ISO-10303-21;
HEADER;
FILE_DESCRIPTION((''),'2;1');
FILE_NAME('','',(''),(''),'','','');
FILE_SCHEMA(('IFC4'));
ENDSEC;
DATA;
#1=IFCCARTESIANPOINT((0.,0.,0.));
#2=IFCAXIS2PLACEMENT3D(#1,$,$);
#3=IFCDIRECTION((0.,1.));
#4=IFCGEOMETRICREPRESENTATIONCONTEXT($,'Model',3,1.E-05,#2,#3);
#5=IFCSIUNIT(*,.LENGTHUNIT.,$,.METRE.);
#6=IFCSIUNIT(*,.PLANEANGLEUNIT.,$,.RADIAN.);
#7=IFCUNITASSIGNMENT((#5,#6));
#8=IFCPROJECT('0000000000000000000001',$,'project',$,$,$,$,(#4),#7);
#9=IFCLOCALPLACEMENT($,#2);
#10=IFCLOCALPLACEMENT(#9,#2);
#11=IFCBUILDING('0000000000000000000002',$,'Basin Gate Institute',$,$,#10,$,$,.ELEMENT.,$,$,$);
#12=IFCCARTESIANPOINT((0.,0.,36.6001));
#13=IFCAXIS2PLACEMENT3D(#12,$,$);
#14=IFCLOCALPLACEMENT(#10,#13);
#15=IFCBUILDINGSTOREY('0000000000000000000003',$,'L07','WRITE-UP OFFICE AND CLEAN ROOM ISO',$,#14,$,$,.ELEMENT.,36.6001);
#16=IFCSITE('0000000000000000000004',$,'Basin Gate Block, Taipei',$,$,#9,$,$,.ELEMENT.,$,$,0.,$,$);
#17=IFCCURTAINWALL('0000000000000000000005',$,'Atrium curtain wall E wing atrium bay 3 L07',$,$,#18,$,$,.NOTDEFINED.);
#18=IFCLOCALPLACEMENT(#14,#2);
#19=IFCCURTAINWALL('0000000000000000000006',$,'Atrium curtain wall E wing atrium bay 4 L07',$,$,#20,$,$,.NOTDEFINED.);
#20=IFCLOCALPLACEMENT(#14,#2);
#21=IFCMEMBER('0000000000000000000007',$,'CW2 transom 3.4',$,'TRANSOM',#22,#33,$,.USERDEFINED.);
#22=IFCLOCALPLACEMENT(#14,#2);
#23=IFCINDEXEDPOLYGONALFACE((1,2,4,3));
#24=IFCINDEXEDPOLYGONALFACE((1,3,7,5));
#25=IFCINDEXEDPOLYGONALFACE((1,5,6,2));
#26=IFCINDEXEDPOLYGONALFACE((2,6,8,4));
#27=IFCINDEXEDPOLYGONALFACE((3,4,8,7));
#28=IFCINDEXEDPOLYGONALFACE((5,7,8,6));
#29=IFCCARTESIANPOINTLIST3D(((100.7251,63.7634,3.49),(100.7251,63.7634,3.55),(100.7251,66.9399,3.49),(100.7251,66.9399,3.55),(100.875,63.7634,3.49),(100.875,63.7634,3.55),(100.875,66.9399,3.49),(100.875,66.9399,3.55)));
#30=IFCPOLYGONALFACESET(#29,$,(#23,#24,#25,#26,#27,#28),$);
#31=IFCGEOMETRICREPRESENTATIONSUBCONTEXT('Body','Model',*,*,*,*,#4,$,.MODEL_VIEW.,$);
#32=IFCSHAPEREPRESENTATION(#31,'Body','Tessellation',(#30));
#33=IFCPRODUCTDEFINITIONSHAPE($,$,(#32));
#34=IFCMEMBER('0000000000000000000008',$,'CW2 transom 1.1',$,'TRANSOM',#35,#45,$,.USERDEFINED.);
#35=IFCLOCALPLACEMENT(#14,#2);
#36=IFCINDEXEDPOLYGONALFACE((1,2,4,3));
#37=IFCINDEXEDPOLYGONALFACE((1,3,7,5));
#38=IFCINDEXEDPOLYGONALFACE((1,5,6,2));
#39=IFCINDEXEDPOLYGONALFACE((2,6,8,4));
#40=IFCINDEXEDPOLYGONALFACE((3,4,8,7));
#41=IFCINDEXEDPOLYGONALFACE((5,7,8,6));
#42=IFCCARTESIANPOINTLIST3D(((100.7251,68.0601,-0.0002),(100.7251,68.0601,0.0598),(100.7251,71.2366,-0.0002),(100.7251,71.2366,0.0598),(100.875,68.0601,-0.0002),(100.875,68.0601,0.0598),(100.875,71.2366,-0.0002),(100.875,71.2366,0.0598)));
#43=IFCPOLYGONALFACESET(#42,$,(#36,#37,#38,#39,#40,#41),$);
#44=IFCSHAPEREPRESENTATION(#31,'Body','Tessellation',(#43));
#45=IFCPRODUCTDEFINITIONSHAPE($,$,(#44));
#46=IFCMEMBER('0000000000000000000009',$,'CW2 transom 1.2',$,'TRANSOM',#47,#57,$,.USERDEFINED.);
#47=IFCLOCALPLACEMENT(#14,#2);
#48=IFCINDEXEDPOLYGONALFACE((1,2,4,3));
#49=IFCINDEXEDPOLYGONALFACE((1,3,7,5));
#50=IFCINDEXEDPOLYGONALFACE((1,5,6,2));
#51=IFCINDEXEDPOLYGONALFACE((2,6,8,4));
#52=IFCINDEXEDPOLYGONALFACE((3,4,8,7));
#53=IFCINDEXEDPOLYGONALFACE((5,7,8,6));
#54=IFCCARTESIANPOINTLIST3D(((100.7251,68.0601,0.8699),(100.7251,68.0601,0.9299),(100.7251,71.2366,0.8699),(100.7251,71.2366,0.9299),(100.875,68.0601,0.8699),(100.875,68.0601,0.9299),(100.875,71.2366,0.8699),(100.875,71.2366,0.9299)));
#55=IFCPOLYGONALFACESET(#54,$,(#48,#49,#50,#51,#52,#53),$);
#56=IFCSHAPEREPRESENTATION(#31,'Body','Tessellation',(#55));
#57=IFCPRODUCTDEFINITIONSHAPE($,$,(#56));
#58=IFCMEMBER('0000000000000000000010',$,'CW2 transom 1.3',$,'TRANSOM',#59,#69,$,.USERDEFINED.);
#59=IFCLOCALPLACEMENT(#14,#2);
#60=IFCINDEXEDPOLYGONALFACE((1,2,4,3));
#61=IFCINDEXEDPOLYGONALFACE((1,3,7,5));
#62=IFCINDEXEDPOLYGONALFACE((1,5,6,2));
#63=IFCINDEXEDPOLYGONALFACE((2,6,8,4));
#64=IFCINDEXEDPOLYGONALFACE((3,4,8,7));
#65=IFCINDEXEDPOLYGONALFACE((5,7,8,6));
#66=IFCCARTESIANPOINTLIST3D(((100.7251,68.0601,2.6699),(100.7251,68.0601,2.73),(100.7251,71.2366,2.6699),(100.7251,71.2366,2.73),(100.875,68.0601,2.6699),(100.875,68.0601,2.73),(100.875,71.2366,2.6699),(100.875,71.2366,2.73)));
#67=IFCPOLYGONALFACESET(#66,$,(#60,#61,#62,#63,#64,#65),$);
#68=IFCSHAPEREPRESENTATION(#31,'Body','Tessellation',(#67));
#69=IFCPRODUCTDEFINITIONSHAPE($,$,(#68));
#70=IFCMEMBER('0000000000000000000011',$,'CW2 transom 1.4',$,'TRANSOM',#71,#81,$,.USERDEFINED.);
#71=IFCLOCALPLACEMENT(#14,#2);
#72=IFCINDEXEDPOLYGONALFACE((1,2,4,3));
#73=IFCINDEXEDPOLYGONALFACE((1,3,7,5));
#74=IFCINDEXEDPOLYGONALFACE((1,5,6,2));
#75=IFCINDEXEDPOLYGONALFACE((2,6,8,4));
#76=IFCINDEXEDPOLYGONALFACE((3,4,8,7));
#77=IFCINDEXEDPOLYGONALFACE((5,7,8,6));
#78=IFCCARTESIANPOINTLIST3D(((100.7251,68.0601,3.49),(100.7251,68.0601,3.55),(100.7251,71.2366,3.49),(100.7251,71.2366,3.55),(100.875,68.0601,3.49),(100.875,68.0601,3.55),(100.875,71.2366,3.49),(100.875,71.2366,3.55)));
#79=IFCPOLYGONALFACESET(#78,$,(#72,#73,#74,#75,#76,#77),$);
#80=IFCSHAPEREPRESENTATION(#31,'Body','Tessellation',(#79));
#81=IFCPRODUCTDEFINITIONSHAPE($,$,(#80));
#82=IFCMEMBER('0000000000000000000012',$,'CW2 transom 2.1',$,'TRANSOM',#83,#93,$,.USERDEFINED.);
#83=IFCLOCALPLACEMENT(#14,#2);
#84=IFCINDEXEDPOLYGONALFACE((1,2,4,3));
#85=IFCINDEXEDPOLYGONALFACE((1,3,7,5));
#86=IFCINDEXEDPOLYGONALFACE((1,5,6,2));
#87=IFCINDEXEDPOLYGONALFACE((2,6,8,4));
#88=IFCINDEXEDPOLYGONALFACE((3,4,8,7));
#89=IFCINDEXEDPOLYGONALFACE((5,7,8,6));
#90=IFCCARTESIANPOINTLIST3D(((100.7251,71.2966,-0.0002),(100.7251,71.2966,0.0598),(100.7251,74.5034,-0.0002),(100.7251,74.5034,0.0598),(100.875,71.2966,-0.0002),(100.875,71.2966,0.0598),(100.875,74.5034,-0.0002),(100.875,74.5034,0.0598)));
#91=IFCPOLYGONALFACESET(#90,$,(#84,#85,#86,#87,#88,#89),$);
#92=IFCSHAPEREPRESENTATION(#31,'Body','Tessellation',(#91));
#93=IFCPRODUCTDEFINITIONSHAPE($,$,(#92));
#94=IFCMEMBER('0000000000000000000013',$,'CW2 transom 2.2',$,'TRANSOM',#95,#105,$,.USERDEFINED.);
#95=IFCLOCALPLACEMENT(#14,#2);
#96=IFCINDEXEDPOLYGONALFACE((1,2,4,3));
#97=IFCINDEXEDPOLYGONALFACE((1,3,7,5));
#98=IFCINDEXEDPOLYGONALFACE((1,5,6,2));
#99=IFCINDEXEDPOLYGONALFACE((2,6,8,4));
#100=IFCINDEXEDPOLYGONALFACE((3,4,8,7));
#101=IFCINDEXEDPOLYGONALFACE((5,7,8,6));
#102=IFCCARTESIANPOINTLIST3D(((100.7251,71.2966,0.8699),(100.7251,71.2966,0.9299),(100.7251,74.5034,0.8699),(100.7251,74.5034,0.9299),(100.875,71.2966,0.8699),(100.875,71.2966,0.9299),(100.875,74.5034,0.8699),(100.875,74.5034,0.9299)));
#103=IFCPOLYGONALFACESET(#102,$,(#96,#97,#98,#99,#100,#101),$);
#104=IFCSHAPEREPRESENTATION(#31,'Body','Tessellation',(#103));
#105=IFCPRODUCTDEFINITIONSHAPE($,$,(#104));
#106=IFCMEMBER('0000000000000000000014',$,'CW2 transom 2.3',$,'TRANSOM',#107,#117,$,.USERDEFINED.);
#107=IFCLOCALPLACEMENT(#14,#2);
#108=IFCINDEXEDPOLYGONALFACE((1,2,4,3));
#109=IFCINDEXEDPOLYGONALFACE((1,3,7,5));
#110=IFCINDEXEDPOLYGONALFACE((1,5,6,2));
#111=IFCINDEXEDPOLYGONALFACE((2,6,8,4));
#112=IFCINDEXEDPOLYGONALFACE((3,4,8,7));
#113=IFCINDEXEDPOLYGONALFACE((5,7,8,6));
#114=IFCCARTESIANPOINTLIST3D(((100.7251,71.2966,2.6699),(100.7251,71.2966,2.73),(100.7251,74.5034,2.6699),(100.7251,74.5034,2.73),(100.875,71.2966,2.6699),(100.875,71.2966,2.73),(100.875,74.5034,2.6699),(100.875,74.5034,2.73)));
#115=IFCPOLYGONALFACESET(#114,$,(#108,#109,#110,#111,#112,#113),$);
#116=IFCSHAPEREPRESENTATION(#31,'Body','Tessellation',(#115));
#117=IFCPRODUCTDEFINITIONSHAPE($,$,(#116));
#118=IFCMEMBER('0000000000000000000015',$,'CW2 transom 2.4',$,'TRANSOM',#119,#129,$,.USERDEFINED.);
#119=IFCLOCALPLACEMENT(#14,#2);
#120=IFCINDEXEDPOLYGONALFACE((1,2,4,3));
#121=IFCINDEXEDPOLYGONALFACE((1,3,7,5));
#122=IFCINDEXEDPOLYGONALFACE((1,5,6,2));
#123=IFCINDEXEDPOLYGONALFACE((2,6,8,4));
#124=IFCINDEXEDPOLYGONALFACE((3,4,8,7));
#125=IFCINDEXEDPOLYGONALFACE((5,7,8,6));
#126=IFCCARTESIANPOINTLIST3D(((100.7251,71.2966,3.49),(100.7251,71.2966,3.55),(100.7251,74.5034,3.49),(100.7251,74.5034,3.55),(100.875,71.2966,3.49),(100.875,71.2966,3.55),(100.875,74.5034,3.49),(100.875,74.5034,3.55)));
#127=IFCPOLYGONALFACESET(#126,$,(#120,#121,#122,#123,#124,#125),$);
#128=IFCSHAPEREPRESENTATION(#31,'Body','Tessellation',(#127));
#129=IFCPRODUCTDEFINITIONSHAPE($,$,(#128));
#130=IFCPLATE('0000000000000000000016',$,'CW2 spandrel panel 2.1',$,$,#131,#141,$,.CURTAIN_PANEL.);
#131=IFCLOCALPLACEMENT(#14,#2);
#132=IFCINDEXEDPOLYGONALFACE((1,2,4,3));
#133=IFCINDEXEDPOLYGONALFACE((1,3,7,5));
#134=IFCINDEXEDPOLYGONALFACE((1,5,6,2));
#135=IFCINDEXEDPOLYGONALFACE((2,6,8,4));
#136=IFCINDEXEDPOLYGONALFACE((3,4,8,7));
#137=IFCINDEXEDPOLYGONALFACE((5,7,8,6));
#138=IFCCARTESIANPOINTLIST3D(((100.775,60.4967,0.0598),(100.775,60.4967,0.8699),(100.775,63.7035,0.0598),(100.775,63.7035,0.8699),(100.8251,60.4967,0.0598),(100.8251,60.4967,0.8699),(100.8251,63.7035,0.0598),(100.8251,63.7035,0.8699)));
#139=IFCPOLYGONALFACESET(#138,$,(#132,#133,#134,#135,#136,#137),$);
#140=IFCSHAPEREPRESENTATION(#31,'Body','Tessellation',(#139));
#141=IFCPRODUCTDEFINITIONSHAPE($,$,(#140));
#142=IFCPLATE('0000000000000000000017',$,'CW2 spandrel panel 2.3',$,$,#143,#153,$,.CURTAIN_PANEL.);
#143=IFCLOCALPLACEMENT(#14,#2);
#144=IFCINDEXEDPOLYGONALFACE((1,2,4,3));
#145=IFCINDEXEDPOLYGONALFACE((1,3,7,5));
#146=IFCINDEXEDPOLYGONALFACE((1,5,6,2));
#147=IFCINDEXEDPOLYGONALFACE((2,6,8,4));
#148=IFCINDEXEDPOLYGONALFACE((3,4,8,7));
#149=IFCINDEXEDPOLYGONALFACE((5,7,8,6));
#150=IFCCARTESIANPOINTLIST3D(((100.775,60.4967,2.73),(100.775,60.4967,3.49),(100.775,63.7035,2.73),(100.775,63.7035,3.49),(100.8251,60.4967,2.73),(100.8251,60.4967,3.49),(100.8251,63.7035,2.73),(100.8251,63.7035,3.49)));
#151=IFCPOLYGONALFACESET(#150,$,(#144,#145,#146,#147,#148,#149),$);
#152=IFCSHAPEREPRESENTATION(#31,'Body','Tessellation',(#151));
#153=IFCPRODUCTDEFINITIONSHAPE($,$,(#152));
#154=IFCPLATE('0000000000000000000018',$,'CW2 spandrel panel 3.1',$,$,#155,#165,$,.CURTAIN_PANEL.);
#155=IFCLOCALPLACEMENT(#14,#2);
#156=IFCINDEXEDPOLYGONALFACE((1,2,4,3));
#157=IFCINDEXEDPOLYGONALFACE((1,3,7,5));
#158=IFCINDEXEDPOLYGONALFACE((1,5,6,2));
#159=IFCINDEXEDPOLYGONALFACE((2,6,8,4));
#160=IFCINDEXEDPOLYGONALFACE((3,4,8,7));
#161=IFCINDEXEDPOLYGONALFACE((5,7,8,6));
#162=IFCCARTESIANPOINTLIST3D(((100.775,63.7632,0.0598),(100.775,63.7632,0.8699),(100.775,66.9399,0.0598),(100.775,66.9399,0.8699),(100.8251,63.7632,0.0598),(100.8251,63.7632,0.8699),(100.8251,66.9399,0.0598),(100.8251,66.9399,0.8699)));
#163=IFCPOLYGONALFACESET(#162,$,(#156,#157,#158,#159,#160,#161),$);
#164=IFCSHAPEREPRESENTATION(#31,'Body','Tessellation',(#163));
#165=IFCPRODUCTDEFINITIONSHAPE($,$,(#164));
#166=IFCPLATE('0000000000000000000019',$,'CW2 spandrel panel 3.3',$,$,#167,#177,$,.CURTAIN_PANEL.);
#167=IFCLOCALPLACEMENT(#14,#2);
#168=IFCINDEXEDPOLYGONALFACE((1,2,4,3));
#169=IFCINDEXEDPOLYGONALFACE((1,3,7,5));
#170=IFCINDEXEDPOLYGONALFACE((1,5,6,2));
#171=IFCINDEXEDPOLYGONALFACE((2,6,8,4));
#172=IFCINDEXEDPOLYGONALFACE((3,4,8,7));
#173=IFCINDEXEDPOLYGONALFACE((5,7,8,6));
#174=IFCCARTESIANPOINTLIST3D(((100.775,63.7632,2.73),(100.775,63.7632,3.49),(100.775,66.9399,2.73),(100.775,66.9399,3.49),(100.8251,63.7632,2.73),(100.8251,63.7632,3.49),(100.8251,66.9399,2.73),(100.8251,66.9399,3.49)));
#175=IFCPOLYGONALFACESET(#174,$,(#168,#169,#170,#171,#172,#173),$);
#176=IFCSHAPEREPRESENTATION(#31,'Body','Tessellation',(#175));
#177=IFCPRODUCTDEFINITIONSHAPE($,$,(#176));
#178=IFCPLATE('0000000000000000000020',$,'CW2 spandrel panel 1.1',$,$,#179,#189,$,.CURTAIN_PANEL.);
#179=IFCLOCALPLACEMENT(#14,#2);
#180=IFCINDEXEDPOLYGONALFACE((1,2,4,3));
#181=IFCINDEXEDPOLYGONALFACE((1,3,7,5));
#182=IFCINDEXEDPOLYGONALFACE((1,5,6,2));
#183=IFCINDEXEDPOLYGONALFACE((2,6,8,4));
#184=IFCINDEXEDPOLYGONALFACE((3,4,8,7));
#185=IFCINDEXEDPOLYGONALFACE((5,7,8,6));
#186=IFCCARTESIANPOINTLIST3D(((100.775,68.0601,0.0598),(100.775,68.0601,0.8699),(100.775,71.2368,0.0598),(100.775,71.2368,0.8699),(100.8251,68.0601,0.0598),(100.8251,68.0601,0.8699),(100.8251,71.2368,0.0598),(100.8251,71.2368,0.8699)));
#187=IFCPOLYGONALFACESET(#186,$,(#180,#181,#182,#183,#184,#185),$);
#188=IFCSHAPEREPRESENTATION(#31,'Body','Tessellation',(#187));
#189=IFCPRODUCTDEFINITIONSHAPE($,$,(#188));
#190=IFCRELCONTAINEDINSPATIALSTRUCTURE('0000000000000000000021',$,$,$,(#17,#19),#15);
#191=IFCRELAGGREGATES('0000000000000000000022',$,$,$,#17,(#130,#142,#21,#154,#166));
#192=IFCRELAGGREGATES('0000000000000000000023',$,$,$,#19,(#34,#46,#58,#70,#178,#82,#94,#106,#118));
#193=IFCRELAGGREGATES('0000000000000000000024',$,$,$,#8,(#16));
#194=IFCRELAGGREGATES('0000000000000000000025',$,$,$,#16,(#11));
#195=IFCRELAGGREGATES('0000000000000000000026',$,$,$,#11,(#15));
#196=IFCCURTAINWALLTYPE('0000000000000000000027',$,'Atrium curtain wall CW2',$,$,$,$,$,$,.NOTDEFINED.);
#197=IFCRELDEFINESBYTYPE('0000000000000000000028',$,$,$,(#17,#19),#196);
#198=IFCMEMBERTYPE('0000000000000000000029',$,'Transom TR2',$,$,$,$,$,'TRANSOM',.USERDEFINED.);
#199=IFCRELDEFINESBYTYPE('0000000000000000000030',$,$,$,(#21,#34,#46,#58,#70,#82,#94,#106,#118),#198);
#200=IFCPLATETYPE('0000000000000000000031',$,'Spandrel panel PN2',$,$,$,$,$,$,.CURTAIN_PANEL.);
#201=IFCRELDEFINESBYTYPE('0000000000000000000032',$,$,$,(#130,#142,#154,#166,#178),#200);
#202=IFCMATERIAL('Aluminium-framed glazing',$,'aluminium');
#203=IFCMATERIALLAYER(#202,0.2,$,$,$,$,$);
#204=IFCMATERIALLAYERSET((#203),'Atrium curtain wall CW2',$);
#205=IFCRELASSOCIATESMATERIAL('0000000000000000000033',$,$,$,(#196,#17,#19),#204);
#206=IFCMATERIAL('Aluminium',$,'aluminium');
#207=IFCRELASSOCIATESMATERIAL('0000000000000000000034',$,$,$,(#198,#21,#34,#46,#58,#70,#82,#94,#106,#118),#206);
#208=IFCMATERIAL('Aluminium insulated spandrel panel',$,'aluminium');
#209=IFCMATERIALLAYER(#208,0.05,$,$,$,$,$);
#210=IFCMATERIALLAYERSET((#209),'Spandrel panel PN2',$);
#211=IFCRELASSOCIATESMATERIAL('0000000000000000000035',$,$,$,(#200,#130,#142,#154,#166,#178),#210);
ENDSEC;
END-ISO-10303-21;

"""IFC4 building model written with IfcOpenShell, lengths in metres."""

from ifc_helpers import new_model, si_unit, direction, frame, origin, origin_2d, place, context, subcontext, project, spatial, rectangle, extrude, material, layer, layer_set, material_profile, profile_set, type_object, element, aggregate, save


model = new_model("IFC4")

# Units and contexts
model_context = context("Model", 3, precision=1e-05, world=origin(), true_north=direction((0.0, 1.0)))
body_context = subcontext(model_context, "Body", "Model", "MODEL_VIEW")
ifc_project = project(units=[si_unit("LENGTHUNIT", "METRE"), si_unit("PLANEANGLEUNIT", "RADIAN")], contexts=[model_context])

# Site, building, storey
site_placement = place(None, origin())
site = spatial("IfcSite", under=ifc_project, at=site_placement, Name="Basin Gate Block, Taipei", CompositionType="ELEMENT", RefElevation=0.0)
building_placement = place(site_placement, origin())
building = spatial("IfcBuilding", under=site, at=building_placement, Name="Basin Gate Institute", CompositionType="ELEMENT")
storey_placement = place(building_placement, frame((0.0, 0.0, 36.6001)))
storey = spatial("IfcBuildingStorey", under=building, at=storey_placement, Name="L07", Description="WRITE-UP OFFICE AND CLEAN ROOM ISO", CompositionType="ELEMENT", Elevation=36.6001)

# Curtain walls
ifc_material_1 = material(Name="Aluminium-framed glazing", Category="aluminium")
ifc_layer_1 = layer(ifc_material_1, 0.2)
ifc_layer_set_1 = layer_set([ifc_layer_1], Name="Atrium curtain wall CW2")
curtain_wall_type = type_object("IfcCurtainWallType", Name="Atrium curtain wall CW2", PredefinedType="NOTDEFINED", material=ifc_layer_set_1)
curtain_wall_1_placement = place(storey_placement, origin())
curtain_wall_1 = element("IfcCurtainWall", 1, at=curtain_wall_1_placement, inside=storey, type_object=curtain_wall_type, material=ifc_layer_set_1, Name="Atrium curtain wall E wing atrium bay 3 L07", PredefinedType="NOTDEFINED")
curtain_wall_2_placement = place(storey_placement, origin())
curtain_wall_2 = element("IfcCurtainWall", 2, at=curtain_wall_2_placement, inside=storey, type_object=curtain_wall_type, material=ifc_layer_set_1, Name="Atrium curtain wall E wing atrium bay 4 L07", PredefinedType="NOTDEFINED")

# Members
ifc_material_2 = material(Name="Aluminium", Category="aluminium")
ifc_material_profile_1 = material_profile(ifc_material_2, rectangle(XDim=0.1499, YDim=0.0601, at=origin_2d()), Name="Transom TR2 150 x 60")
ifc_profile_set_1 = profile_set([ifc_material_profile_1], Name="Aluminium")
member_type_1 = type_object("IfcMemberType", Name="Transom TR2", ElementType="TRANSOM", PredefinedType="USERDEFINED", material=ifc_profile_set_1)
member_1_placement = place(storey_placement, frame((100.8, 63.7634, 3.52), z_axis=(0.0, 1.0, 0.0), x_axis=(-1.0, 0.0, 0.0)))
member_1 = element("IfcMember", 3, at=member_1_placement, type_object=member_type_1, material=ifc_profile_set_1, Name="CW2 transom 3.4", ObjectType="TRANSOM", PredefinedType="USERDEFINED", context=body_context, shape_type="SweptSolid", body=[
    extrude(rectangle(XDim=0.1499, YDim=0.0601, at=origin_2d()), origin(), (0.0, 0.0, 1.0), 3.1765),
])
member_2_placement = place(storey_placement, frame((100.8, 68.0601, 0.0298), z_axis=(0.0, 1.0, 0.0), x_axis=(-1.0, 0.0, 0.0)))
member_2 = element("IfcMember", 4, at=member_2_placement, type_object=member_type_1, material=ifc_profile_set_1, Name="CW2 transom 1.1", ObjectType="TRANSOM", PredefinedType="USERDEFINED", context=body_context, shape_type="SweptSolid", body=[
    extrude(rectangle(XDim=0.1499, YDim=0.0601, at=origin_2d()), origin(), (0.0, 0.0, 1.0), 3.1765),
])
member_3_placement = place(storey_placement, frame((100.8, 68.0601, 0.8999), z_axis=(0.0, 1.0, 0.0), x_axis=(-1.0, 0.0, 0.0)))
member_3 = element("IfcMember", 5, at=member_3_placement, type_object=member_type_1, material=ifc_profile_set_1, Name="CW2 transom 1.2", ObjectType="TRANSOM", PredefinedType="USERDEFINED", context=body_context, shape_type="SweptSolid", body=[
    extrude(rectangle(XDim=0.1499, YDim=0.0601, at=origin_2d()), origin(), (0.0, 0.0, 1.0), 3.1765),
])
member_4_placement = place(storey_placement, frame((100.8, 68.0601, 2.7), z_axis=(0.0, 1.0, 0.0), x_axis=(-1.0, 0.0, 0.0)))
member_4 = element("IfcMember", 6, at=member_4_placement, type_object=member_type_1, material=ifc_profile_set_1, Name="CW2 transom 1.3", ObjectType="TRANSOM", PredefinedType="USERDEFINED", context=body_context, shape_type="SweptSolid", body=[
    extrude(rectangle(XDim=0.1499, YDim=0.0601, at=origin_2d()), origin(), (0.0, 0.0, 1.0), 3.1765),
])
member_5_placement = place(storey_placement, frame((100.8, 68.0601, 3.52), z_axis=(0.0, 1.0, 0.0), x_axis=(-1.0, 0.0, 0.0)))
member_5 = element("IfcMember", 7, at=member_5_placement, type_object=member_type_1, material=ifc_profile_set_1, Name="CW2 transom 1.4", ObjectType="TRANSOM", PredefinedType="USERDEFINED", context=body_context, shape_type="SweptSolid", body=[
    extrude(rectangle(XDim=0.1499, YDim=0.0601, at=origin_2d()), origin(), (0.0, 0.0, 1.0), 3.1765),
])
member_6_placement = place(storey_placement, frame((100.8, 71.2966, 0.0298), z_axis=(0.0, 1.0, 0.0), x_axis=(-1.0, 0.0, 0.0)))
member_6 = element("IfcMember", 8, at=member_6_placement, type_object=member_type_1, material=ifc_profile_set_1, Name="CW2 transom 2.1", ObjectType="TRANSOM", PredefinedType="USERDEFINED", context=body_context, shape_type="SweptSolid", body=[
    extrude(rectangle(XDim=0.1499, YDim=0.0601, at=origin_2d()), origin(), (0.0, 0.0, 1.0), 3.2068),
])
member_7_placement = place(storey_placement, frame((100.8, 71.2966, 0.8999), z_axis=(0.0, 1.0, 0.0), x_axis=(-1.0, 0.0, 0.0)))
member_7 = element("IfcMember", 9, at=member_7_placement, type_object=member_type_1, material=ifc_profile_set_1, Name="CW2 transom 2.2", ObjectType="TRANSOM", PredefinedType="USERDEFINED", context=body_context, shape_type="SweptSolid", body=[
    extrude(rectangle(XDim=0.1499, YDim=0.0601, at=origin_2d()), origin(), (0.0, 0.0, 1.0), 3.2068),
])
member_8_placement = place(storey_placement, frame((100.8, 71.2966, 2.7), z_axis=(0.0, 1.0, 0.0), x_axis=(-1.0, 0.0, 0.0)))
member_8 = element("IfcMember", 10, at=member_8_placement, type_object=member_type_1, material=ifc_profile_set_1, Name="CW2 transom 2.3", ObjectType="TRANSOM", PredefinedType="USERDEFINED", context=body_context, shape_type="SweptSolid", body=[
    extrude(rectangle(XDim=0.1499, YDim=0.0601, at=origin_2d()), origin(), (0.0, 0.0, 1.0), 3.2068),
])
member_9_placement = place(storey_placement, frame((100.8, 71.2966, 3.52), z_axis=(0.0, 1.0, 0.0), x_axis=(-1.0, 0.0, 0.0)))
member_9 = element("IfcMember", 11, at=member_9_placement, type_object=member_type_1, material=ifc_profile_set_1, Name="CW2 transom 2.4", ObjectType="TRANSOM", PredefinedType="USERDEFINED", context=body_context, shape_type="SweptSolid", body=[
    extrude(rectangle(XDim=0.1499, YDim=0.0601, at=origin_2d()), origin(), (0.0, 0.0, 1.0), 3.2068),
])

# Plates
ifc_material_3 = material(Name="Aluminium insulated spandrel panel", Category="aluminium")
ifc_layer_2 = layer(ifc_material_3, 0.05)
ifc_layer_set_2 = layer_set([ifc_layer_2], Name="Spandrel panel PN2")
plate_type_1 = type_object("IfcPlateType", Name="Spandrel panel PN2", PredefinedType="CURTAIN_PANEL", material=ifc_layer_set_2)
plate_1_placement = place(storey_placement, frame((100.8, 62.1001, 0.0598), z_axis=(0.0, 0.0, 1.0), x_axis=(0.0, 1.0, 0.0)))
plate_1 = element("IfcPlate", 12, at=plate_1_placement, type_object=plate_type_1, material=ifc_layer_set_2, Name="CW2 spandrel panel 2.1", PredefinedType="CURTAIN_PANEL", context=body_context, shape_type="SweptSolid", body=[
    extrude(rectangle(XDim=3.2068, YDim=0.05, at=origin_2d()), origin(), (0.0, 0.0, 1.0), 0.8101),
])
plate_2_placement = place(storey_placement, frame((100.8, 62.1001, 2.73), z_axis=(0.0, 0.0, 1.0), x_axis=(0.0, 1.0, 0.0)))
plate_2 = element("IfcPlate", 13, at=plate_2_placement, type_object=plate_type_1, material=ifc_layer_set_2, Name="CW2 spandrel panel 2.3", PredefinedType="CURTAIN_PANEL", context=body_context, shape_type="SweptSolid", body=[
    extrude(rectangle(XDim=3.2068, YDim=0.05, at=origin_2d()), origin(), (0.0, 0.0, 1.0), 0.76),
])
plate_3_placement = place(storey_placement, frame((100.8, 65.3516, 0.0598), z_axis=(0.0, 0.0, 1.0), x_axis=(0.0, 1.0, 0.0)))
plate_3 = element("IfcPlate", 14, at=plate_3_placement, type_object=plate_type_1, material=ifc_layer_set_2, Name="CW2 spandrel panel 3.1", PredefinedType="CURTAIN_PANEL", context=body_context, shape_type="SweptSolid", body=[
    extrude(rectangle(XDim=3.1768, YDim=0.05, at=origin_2d()), origin(), (0.0, 0.0, 1.0), 0.8101),
])
plate_4_placement = place(storey_placement, frame((100.8, 65.3516, 2.73), z_axis=(0.0, 0.0, 1.0), x_axis=(0.0, 1.0, 0.0)))
plate_4 = element("IfcPlate", 15, at=plate_4_placement, type_object=plate_type_1, material=ifc_layer_set_2, Name="CW2 spandrel panel 3.3", PredefinedType="CURTAIN_PANEL", context=body_context, shape_type="SweptSolid", body=[
    extrude(rectangle(XDim=3.1768, YDim=0.05, at=origin_2d()), origin(), (0.0, 0.0, 1.0), 0.76),
])
plate_5_placement = place(storey_placement, frame((100.8, 69.6484, 0.0598), z_axis=(0.0, 0.0, 1.0), x_axis=(0.0, 1.0, 0.0)))
plate_5 = element("IfcPlate", 16, at=plate_5_placement, type_object=plate_type_1, material=ifc_layer_set_2, Name="CW2 spandrel panel 1.1", PredefinedType="CURTAIN_PANEL", context=body_context, shape_type="SweptSolid", body=[
    extrude(rectangle(XDim=3.1768, YDim=0.05, at=origin_2d()), origin(), (0.0, 0.0, 1.0), 0.8101),
])
aggregate(curtain_wall_1, [plate_1, plate_2, member_1, plate_3, plate_4])
aggregate(curtain_wall_2, [member_2, member_3, member_4, member_5, plate_5, member_6, member_7, member_8, member_9])

save(model, "model.ifc")
